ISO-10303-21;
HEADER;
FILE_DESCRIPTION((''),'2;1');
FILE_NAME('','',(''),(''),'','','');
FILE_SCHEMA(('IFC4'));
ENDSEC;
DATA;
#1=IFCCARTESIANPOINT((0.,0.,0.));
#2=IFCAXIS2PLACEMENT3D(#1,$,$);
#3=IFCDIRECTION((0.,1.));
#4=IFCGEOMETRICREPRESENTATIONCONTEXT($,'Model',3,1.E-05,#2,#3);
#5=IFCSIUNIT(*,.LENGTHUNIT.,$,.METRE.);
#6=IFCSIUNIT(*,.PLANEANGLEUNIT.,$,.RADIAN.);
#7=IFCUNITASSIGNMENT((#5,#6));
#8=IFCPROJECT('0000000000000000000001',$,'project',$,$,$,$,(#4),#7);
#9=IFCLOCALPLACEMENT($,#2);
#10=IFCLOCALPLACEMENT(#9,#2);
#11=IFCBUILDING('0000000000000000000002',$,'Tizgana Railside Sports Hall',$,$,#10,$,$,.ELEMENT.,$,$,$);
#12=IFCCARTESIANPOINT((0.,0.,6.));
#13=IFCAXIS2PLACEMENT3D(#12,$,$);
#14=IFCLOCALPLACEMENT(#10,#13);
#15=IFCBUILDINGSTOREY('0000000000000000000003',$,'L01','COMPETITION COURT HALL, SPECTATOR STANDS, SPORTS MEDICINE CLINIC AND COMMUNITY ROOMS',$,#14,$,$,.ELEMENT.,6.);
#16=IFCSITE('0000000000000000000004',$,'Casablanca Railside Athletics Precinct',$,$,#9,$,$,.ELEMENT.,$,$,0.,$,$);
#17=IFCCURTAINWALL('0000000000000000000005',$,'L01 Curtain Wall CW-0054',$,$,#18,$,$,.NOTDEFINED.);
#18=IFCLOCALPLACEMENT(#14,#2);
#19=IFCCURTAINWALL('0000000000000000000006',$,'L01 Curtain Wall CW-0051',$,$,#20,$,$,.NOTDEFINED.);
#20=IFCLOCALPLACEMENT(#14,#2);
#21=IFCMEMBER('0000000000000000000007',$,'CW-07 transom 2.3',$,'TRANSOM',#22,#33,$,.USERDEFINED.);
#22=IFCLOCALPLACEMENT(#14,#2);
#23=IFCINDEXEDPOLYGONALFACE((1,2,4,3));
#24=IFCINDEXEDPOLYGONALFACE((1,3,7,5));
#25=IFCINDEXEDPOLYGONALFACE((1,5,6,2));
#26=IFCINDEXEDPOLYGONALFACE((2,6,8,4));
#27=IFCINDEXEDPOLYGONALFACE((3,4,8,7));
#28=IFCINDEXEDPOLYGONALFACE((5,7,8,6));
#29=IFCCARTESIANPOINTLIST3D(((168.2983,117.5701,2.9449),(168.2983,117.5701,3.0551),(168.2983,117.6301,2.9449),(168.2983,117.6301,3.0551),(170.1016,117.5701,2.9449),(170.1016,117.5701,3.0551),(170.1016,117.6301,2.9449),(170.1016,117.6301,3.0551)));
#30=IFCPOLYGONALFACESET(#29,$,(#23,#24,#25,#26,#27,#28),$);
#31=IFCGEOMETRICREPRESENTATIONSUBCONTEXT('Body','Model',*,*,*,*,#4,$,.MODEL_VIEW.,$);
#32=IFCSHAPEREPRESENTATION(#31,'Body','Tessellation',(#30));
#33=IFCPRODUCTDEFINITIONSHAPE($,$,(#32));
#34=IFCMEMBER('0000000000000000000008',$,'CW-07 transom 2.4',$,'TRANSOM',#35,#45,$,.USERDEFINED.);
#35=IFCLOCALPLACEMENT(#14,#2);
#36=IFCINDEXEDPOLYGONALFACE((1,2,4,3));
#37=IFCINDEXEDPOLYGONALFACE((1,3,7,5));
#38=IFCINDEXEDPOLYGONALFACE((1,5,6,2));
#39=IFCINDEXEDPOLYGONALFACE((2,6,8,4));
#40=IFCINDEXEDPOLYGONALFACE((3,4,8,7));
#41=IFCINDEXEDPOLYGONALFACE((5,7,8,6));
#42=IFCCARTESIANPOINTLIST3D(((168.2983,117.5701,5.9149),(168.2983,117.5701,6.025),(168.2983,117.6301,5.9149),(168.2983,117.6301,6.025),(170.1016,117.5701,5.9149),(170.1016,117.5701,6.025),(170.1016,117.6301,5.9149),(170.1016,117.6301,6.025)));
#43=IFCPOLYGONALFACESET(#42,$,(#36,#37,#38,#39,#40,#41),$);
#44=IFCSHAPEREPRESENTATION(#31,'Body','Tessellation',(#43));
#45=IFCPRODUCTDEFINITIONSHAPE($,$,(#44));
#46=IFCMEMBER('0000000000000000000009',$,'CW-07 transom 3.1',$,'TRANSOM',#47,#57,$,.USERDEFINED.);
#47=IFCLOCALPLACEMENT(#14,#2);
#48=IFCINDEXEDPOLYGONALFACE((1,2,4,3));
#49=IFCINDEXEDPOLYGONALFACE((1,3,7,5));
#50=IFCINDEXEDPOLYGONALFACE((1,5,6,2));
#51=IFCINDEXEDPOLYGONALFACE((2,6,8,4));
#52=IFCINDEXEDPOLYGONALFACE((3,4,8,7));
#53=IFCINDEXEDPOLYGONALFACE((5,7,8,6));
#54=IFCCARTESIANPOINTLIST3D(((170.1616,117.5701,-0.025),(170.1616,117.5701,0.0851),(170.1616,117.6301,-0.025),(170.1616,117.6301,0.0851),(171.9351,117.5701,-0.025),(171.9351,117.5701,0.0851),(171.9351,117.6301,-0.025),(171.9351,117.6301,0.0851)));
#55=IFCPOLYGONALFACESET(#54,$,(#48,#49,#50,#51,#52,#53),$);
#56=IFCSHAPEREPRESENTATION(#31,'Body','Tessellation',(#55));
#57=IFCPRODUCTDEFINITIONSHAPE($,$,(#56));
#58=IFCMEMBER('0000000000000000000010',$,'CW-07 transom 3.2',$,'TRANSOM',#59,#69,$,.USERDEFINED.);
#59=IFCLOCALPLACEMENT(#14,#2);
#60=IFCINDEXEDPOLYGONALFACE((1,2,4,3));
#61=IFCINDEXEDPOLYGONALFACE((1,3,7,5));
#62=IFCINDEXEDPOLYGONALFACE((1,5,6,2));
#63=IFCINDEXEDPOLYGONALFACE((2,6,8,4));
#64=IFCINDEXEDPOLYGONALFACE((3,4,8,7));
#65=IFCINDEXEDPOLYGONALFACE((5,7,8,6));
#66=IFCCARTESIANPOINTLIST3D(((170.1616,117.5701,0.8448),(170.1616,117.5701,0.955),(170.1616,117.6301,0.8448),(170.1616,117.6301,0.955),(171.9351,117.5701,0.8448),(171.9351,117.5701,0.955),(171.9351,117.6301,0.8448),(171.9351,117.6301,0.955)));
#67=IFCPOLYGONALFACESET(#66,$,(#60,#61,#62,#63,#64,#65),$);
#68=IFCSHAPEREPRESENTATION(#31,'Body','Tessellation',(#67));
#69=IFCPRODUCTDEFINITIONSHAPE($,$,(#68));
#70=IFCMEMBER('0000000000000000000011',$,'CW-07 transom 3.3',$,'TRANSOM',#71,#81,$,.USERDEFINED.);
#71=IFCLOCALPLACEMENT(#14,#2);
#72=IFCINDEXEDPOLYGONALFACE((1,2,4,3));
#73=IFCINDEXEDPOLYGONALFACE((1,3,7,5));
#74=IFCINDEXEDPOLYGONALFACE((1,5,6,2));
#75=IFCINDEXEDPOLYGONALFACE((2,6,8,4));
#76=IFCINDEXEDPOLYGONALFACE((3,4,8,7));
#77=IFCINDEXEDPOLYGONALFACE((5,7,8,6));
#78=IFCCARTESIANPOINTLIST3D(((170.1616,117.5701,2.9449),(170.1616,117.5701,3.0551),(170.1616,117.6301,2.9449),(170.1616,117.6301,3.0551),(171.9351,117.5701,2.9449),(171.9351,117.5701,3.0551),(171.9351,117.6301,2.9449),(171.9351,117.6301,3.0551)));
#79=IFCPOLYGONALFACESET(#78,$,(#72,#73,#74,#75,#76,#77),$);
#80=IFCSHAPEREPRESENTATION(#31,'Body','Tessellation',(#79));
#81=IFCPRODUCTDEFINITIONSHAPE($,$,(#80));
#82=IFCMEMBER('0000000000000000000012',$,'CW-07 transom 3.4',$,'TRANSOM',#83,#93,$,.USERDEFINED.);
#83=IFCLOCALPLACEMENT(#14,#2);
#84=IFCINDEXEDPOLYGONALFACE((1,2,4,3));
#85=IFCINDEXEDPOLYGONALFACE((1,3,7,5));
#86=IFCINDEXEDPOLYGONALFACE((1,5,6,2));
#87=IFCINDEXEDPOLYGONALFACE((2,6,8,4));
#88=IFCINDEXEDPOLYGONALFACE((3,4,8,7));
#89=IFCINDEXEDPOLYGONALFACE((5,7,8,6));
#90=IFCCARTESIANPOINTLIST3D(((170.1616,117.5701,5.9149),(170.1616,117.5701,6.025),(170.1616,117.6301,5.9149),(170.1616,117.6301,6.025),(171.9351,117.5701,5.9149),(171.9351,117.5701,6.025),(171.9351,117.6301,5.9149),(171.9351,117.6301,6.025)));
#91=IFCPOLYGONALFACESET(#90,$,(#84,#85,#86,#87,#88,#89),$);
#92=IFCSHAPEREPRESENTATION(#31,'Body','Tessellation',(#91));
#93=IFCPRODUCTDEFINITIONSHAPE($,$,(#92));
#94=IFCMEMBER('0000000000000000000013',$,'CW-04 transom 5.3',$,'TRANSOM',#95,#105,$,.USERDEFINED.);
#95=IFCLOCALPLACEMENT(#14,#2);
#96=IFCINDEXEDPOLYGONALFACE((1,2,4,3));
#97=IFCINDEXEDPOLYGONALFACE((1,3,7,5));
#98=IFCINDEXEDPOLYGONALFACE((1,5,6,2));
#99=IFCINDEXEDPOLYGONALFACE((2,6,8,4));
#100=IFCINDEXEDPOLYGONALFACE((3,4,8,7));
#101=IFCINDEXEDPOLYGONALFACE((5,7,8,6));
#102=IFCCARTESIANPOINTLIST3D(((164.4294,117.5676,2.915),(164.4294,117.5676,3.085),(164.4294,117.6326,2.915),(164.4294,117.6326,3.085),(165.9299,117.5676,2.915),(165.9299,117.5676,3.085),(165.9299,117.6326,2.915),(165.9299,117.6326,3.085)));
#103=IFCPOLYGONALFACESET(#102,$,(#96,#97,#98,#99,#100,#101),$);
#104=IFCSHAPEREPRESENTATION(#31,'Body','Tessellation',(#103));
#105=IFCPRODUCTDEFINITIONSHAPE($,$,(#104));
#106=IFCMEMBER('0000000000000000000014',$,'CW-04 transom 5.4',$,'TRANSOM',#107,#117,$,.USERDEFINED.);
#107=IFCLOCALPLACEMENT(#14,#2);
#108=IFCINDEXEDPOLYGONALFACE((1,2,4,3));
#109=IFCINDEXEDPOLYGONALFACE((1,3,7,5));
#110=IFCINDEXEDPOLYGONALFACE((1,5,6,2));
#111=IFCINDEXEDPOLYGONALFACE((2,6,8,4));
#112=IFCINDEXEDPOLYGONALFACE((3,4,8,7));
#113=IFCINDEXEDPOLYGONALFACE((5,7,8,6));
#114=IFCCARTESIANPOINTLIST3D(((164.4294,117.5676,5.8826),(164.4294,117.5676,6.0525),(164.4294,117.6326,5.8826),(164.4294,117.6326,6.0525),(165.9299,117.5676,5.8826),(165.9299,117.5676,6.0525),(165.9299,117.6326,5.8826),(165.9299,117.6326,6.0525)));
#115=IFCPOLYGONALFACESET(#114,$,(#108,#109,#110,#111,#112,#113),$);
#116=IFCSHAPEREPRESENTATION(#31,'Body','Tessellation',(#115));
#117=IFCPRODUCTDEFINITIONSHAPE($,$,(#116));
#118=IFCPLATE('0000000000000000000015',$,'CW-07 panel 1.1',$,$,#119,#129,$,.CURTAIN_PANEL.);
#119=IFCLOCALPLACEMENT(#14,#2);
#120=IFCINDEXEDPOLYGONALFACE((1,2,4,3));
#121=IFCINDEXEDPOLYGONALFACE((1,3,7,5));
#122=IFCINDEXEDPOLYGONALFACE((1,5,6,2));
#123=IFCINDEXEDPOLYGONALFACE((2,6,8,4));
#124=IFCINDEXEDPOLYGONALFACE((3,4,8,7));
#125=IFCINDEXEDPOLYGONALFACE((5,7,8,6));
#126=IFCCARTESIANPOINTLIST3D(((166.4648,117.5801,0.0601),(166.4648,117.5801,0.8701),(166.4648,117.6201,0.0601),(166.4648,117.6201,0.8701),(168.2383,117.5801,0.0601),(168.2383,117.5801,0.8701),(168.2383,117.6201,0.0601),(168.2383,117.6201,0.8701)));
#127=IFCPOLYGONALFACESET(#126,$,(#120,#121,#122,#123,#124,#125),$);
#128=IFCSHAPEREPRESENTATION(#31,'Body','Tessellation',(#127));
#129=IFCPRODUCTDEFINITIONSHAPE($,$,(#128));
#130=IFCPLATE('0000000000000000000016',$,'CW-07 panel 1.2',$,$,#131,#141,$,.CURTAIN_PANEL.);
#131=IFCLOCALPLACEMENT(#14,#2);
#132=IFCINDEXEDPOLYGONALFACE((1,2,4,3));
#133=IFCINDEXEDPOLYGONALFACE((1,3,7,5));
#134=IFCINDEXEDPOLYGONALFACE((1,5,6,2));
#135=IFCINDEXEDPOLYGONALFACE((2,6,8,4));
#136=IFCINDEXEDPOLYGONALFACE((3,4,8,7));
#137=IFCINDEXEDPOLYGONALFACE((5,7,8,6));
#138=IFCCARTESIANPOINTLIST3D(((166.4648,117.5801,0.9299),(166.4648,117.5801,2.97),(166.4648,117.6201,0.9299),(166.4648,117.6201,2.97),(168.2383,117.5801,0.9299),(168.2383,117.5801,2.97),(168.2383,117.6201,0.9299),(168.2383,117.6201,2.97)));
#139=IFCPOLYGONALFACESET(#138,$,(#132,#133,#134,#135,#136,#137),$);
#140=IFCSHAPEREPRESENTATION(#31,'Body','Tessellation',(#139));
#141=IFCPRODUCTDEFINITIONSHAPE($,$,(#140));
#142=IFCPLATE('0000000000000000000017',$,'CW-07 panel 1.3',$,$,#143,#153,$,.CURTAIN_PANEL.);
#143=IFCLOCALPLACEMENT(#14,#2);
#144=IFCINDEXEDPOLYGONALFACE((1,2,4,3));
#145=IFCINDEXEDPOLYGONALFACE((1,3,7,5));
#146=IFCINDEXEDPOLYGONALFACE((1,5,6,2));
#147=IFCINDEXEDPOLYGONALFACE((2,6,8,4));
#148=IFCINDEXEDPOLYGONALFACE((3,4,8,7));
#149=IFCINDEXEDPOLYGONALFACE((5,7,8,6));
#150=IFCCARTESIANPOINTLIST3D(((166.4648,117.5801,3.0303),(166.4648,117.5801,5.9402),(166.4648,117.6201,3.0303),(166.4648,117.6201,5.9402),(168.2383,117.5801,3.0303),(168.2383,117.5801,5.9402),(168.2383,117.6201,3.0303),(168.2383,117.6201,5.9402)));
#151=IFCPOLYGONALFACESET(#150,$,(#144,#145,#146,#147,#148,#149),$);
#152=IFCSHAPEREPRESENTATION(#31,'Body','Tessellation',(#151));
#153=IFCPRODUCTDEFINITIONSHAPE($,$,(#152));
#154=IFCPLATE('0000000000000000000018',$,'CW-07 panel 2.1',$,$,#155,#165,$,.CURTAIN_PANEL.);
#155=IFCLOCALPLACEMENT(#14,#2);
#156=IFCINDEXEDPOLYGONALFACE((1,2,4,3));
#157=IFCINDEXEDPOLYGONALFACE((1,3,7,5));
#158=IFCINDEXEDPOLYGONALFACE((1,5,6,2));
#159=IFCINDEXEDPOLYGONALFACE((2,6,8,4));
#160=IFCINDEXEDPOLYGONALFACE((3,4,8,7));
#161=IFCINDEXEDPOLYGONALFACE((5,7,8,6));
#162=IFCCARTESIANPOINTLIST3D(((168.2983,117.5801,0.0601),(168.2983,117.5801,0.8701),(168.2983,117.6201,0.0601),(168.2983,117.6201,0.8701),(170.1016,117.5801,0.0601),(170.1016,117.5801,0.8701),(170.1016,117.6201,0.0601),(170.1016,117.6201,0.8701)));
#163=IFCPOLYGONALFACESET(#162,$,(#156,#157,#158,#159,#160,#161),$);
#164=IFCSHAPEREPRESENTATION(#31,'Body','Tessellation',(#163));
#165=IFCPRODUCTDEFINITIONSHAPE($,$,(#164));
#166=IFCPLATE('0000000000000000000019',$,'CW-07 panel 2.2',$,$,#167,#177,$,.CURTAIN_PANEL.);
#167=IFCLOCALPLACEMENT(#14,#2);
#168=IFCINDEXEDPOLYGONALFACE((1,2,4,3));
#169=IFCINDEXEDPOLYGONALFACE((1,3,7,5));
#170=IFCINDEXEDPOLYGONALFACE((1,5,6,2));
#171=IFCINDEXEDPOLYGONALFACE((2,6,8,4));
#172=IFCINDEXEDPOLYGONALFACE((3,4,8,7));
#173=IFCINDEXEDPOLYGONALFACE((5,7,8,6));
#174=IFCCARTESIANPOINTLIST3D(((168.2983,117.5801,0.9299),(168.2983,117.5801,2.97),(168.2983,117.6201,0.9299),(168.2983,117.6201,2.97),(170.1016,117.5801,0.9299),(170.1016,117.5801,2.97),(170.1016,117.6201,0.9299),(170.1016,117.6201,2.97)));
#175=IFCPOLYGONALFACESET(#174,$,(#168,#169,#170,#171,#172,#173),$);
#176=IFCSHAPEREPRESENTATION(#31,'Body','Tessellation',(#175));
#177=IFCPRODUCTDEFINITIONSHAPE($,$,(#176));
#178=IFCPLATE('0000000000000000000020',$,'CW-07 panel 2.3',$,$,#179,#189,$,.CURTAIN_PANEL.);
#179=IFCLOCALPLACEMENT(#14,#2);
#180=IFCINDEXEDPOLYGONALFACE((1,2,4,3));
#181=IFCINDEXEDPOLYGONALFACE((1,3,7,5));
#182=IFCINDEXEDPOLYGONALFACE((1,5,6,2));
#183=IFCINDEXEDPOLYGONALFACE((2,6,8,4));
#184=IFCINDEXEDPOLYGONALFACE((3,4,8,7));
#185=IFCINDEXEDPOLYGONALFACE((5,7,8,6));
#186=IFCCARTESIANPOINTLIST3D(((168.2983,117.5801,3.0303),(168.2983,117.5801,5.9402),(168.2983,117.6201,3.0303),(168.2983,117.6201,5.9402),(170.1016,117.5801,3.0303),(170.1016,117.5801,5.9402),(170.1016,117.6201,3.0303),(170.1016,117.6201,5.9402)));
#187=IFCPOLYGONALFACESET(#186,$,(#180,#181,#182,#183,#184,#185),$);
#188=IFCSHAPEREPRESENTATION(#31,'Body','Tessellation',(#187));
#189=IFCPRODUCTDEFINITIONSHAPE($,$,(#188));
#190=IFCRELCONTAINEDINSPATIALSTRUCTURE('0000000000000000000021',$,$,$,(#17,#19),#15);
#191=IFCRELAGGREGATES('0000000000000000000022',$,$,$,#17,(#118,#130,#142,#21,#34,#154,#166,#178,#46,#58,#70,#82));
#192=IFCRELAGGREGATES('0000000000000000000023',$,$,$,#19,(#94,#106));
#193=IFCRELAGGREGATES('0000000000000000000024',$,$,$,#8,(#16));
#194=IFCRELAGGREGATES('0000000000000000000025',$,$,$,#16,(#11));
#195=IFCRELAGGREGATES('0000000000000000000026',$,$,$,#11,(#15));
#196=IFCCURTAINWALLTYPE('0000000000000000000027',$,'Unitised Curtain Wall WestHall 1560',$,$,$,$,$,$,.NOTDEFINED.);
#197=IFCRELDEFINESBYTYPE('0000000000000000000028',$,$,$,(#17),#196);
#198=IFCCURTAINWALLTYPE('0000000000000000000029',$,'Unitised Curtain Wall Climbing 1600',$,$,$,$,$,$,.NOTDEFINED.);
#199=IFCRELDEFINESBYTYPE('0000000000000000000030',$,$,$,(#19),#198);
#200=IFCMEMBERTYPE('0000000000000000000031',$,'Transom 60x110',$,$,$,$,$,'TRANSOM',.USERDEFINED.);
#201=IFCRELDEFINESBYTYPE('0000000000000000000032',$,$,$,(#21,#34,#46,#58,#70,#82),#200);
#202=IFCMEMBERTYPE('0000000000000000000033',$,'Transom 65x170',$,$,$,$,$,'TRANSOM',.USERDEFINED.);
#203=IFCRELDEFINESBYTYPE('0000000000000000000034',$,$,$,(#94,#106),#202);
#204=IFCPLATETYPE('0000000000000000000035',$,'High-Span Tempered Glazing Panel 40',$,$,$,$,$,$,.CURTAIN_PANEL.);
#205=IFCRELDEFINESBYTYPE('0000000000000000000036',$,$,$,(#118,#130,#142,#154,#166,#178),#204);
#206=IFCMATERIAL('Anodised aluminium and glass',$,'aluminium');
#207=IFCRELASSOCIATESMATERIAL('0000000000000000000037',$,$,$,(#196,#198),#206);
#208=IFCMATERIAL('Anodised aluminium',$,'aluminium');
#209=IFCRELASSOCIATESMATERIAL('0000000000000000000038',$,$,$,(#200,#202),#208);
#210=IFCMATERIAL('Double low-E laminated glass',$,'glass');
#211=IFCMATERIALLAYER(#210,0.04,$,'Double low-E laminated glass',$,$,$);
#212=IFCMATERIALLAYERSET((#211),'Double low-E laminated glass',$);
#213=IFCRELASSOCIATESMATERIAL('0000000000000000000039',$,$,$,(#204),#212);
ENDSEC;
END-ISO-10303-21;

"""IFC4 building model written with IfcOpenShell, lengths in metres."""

from ifc_helpers import new_model, si_unit, direction, frame, origin, origin_2d, place, context, subcontext, project, spatial, rectangle, extrude, material, layer, layer_set, material_profile, profile_set, type_object, element, aggregate, save


model = new_model("IFC4")

# Units and contexts
model_context = context("Model", 3, precision=1e-05, world=origin(), true_north=direction((0.0, 1.0)))
body_context = subcontext(model_context, "Body", "Model", "MODEL_VIEW")
ifc_project = project(units=[si_unit("LENGTHUNIT", "METRE"), si_unit("PLANEANGLEUNIT", "RADIAN")], contexts=[model_context])

# Site, building, storey
site_placement = place(None, origin())
site = spatial("IfcSite", under=ifc_project, at=site_placement, Name="Casablanca Railside Athletics Precinct", CompositionType="ELEMENT", RefElevation=0.0)
building_placement = place(site_placement, origin())
building = spatial("IfcBuilding", under=site, at=building_placement, Name="Tizgana Railside Sports Hall", CompositionType="ELEMENT")
storey_placement = place(building_placement, frame((0.0, 0.0, 6.0)))
storey = spatial("IfcBuildingStorey", under=building, at=storey_placement, Name="L01", Description="COMPETITION COURT HALL, SPECTATOR STANDS, SPORTS MEDICINE CLINIC AND COMMUNITY ROOMS", CompositionType="ELEMENT", Elevation=6.0)

# Curtain wall
ifc_material_1 = material(Name="Anodised aluminium and glass", Category="aluminium")
curtain_wall_type_1 = type_object("IfcCurtainWallType", Name="Unitised Curtain Wall WestHall 1560", PredefinedType="NOTDEFINED", material=ifc_material_1)
curtain_wall_1_placement = place(storey_placement, origin())
curtain_wall_1 = element("IfcCurtainWall", 1, at=curtain_wall_1_placement, inside=storey, type_object=curtain_wall_type_1, Name="L01 Curtain Wall CW-0054", PredefinedType="NOTDEFINED")
ifc_material_2 = material(Name="Anodised aluminium", Category="aluminium")

# Curtain wall
curtain_wall_type_2 = type_object("IfcCurtainWallType", Name="Unitised Curtain Wall Climbing 1600", PredefinedType="NOTDEFINED", material=ifc_material_1)
curtain_wall_2_placement = place(storey_placement, origin())
curtain_wall_2 = element("IfcCurtainWall", 2, at=curtain_wall_2_placement, inside=storey, type_object=curtain_wall_type_2, Name="L01 Curtain Wall CW-0051", PredefinedType="NOTDEFINED")

# Members
ifc_material_profile_1 = material_profile(ifc_material_2, rectangle(XDim=0.0601, YDim=0.1101, at=origin_2d()), Name="Transom 60x110")
ifc_profile_set_1 = profile_set([ifc_material_profile_1], Name="Anodised aluminium")
member_type_1 = type_object("IfcMemberType", Name="Transom 60x110", ElementType="TRANSOM", PredefinedType="USERDEFINED", material=ifc_profile_set_1)
member_1_placement = place(storey_placement, frame((168.2983, 117.6001, 3.0), z_axis=(1.0, 0.0, 0.0), x_axis=(0.0, 1.0, 0.0)))
member_1 = element("IfcMember", 3, at=member_1_placement, type_object=member_type_1, Name="CW-07 transom 2.3", ObjectType="TRANSOM", PredefinedType="USERDEFINED", context=body_context, shape_type="SweptSolid", body=[
    extrude(rectangle(XDim=0.0601, YDim=0.1101, at=origin_2d()), origin(), (0.0, 0.0, 1.0), 1.8032),
])
member_2_placement = place(storey_placement, frame((168.2983, 117.6001, 5.97), z_axis=(1.0, 0.0, 0.0), x_axis=(0.0, 1.0, 0.0)))
member_2 = element("IfcMember", 4, at=member_2_placement, type_object=member_type_1, Name="CW-07 transom 2.4", ObjectType="TRANSOM", PredefinedType="USERDEFINED", context=body_context, shape_type="SweptSolid", body=[
    extrude(rectangle(XDim=0.0601, YDim=0.1101, at=origin_2d()), origin(), (0.0, 0.0, 1.0), 1.8032),
])
member_3_placement = place(storey_placement, frame((170.1616, 117.6001, 0.03), z_axis=(1.0, 0.0, 0.0), x_axis=(0.0, 1.0, 0.0)))
member_3 = element("IfcMember", 5, at=member_3_placement, type_object=member_type_1, Name="CW-07 transom 3.1", ObjectType="TRANSOM", PredefinedType="USERDEFINED", context=body_context, shape_type="SweptSolid", body=[
    extrude(rectangle(XDim=0.0601, YDim=0.1101, at=origin_2d()), origin(), (0.0, 0.0, 1.0), 1.7734),
])
member_4_placement = place(storey_placement, frame((170.1616, 117.6001, 0.8999), z_axis=(1.0, 0.0, 0.0), x_axis=(0.0, 1.0, 0.0)))
member_4 = element("IfcMember", 6, at=member_4_placement, type_object=member_type_1, Name="CW-07 transom 3.2", ObjectType="TRANSOM", PredefinedType="USERDEFINED", context=body_context, shape_type="SweptSolid", body=[
    extrude(rectangle(XDim=0.0601, YDim=0.1101, at=origin_2d()), origin(), (0.0, 0.0, 1.0), 1.7734),
])
member_5_placement = place(storey_placement, frame((170.1616, 117.6001, 3.0), z_axis=(1.0, 0.0, 0.0), x_axis=(0.0, 1.0, 0.0)))
member_5 = element("IfcMember", 7, at=member_5_placement, type_object=member_type_1, Name="CW-07 transom 3.3", ObjectType="TRANSOM", PredefinedType="USERDEFINED", context=body_context, shape_type="SweptSolid", body=[
    extrude(rectangle(XDim=0.0601, YDim=0.1101, at=origin_2d()), origin(), (0.0, 0.0, 1.0), 1.7734),
])
member_6_placement = place(storey_placement, frame((170.1616, 117.6001, 5.97), z_axis=(1.0, 0.0, 0.0), x_axis=(0.0, 1.0, 0.0)))
member_6 = element("IfcMember", 8, at=member_6_placement, type_object=member_type_1, Name="CW-07 transom 3.4", ObjectType="TRANSOM", PredefinedType="USERDEFINED", context=body_context, shape_type="SweptSolid", body=[
    extrude(rectangle(XDim=0.0601, YDim=0.1101, at=origin_2d()), origin(), (0.0, 0.0, 1.0), 1.7734),
])
ifc_material_profile_2 = material_profile(ifc_material_2, rectangle(XDim=0.0649, YDim=0.1699, at=origin_2d()), Name="Transom 65x170")
ifc_profile_set_2 = profile_set([ifc_material_profile_2], Name="Anodised aluminium")
member_type_2 = type_object("IfcMemberType", Name="Transom 65x170", ElementType="TRANSOM", PredefinedType="USERDEFINED", material=ifc_profile_set_2)
member_7_placement = place(storey_placement, frame((164.4294, 117.6001, 3.0), z_axis=(1.0, 0.0, 0.0), x_axis=(0.0, 1.0, 0.0)))
member_7 = element("IfcMember", 9, at=member_7_placement, type_object=member_type_2, Name="CW-04 transom 5.3", ObjectType="TRANSOM", PredefinedType="USERDEFINED", context=body_context, shape_type="SweptSolid", body=[
    extrude(rectangle(XDim=0.0649, YDim=0.1699, at=origin_2d()), origin(), (0.0, 0.0, 1.0), 1.5005),
])
member_8_placement = place(storey_placement, frame((164.4294, 117.6001, 5.9675), z_axis=(1.0, 0.0, 0.0), x_axis=(0.0, 1.0, 0.0)))
member_8 = element("IfcMember", 10, at=member_8_placement, type_object=member_type_2, Name="CW-04 transom 5.4", ObjectType="TRANSOM", PredefinedType="USERDEFINED", context=body_context, shape_type="SweptSolid", body=[
    extrude(rectangle(XDim=0.0649, YDim=0.1699, at=origin_2d()), origin(), (0.0, 0.0, 1.0), 1.5005),
])

# Plates
ifc_material_3 = material(Name="Double low-E laminated glass", Category="glass")
ifc_layer_1 = layer(ifc_material_3, 0.04, Name="Double low-E laminated glass")
ifc_layer_set_1 = layer_set([ifc_layer_1], Name="Double low-E laminated glass")
plate_type_1 = type_object("IfcPlateType", Name="High-Span Tempered Glazing Panel 40", PredefinedType="CURTAIN_PANEL", material=ifc_layer_set_1)
plate_1_placement = place(storey_placement, frame((167.3516, 117.6001, 0.0601), z_axis=(0.0, 0.0, 1.0), x_axis=(1.0, 0.0, 0.0)))
plate_1 = element("IfcPlate", 11, at=plate_1_placement, type_object=plate_type_1, Name="CW-07 panel 1.1", PredefinedType="CURTAIN_PANEL", context=body_context, shape_type="SweptSolid", body=[
    extrude(rectangle(XDim=1.7734, YDim=0.04, at=origin_2d()), origin(), (0.0, 0.0, 1.0), 0.8101),
])
plate_2_placement = place(storey_placement, frame((167.3516, 117.6001, 0.9299), z_axis=(0.0, 0.0, 1.0), x_axis=(1.0, 0.0, 0.0)))
plate_2 = element("IfcPlate", 12, at=plate_2_placement, type_object=plate_type_1, Name="CW-07 panel 1.2", PredefinedType="CURTAIN_PANEL", context=body_context, shape_type="SweptSolid", body=[
    extrude(rectangle(XDim=1.7734, YDim=0.04, at=origin_2d()), origin(), (0.0, 0.0, 1.0), 2.04),
])
plate_3_placement = place(storey_placement, frame((167.3516, 117.6001, 3.0303), z_axis=(0.0, 0.0, 1.0), x_axis=(1.0, 0.0, 0.0)))
plate_3 = element("IfcPlate", 13, at=plate_3_placement, type_object=plate_type_1, Name="CW-07 panel 1.3", PredefinedType="CURTAIN_PANEL", context=body_context, shape_type="SweptSolid", body=[
    extrude(rectangle(XDim=1.7734, YDim=0.04, at=origin_2d()), origin(), (0.0, 0.0, 1.0), 2.9099),
])
plate_4_placement = place(storey_placement, frame((169.2, 117.6001, 0.0601), z_axis=(0.0, 0.0, 1.0), x_axis=(1.0, 0.0, 0.0)))
plate_4 = element("IfcPlate", 14, at=plate_4_placement, type_object=plate_type_1, Name="CW-07 panel 2.1", PredefinedType="CURTAIN_PANEL", context=body_context, shape_type="SweptSolid", body=[
    extrude(rectangle(XDim=1.8032, YDim=0.04, at=origin_2d()), origin(), (0.0, 0.0, 1.0), 0.8101),
])
plate_5_placement = place(storey_placement, frame((169.2, 117.6001, 0.9299), z_axis=(0.0, 0.0, 1.0), x_axis=(1.0, 0.0, 0.0)))
plate_5 = element("IfcPlate", 15, at=plate_5_placement, type_object=plate_type_1, Name="CW-07 panel 2.2", PredefinedType="CURTAIN_PANEL", context=body_context, shape_type="SweptSolid", body=[
    extrude(rectangle(XDim=1.8032, YDim=0.04, at=origin_2d()), origin(), (0.0, 0.0, 1.0), 2.04),
])
plate_6_placement = place(storey_placement, frame((169.2, 117.6001, 3.0303), z_axis=(0.0, 0.0, 1.0), x_axis=(1.0, 0.0, 0.0)))
plate_6 = element("IfcPlate", 16, at=plate_6_placement, type_object=plate_type_1, Name="CW-07 panel 2.3", PredefinedType="CURTAIN_PANEL", context=body_context, shape_type="SweptSolid", body=[
    extrude(rectangle(XDim=1.8032, YDim=0.04, at=origin_2d()), origin(), (0.0, 0.0, 1.0), 2.9099),
])
aggregate(curtain_wall_1, [plate_1, plate_2, plate_3, member_1, member_2, plate_4, plate_5, plate_6, member_3, member_4, member_5, member_6])
aggregate(curtain_wall_2, [member_7, member_8])

save(model, "model.ifc")
